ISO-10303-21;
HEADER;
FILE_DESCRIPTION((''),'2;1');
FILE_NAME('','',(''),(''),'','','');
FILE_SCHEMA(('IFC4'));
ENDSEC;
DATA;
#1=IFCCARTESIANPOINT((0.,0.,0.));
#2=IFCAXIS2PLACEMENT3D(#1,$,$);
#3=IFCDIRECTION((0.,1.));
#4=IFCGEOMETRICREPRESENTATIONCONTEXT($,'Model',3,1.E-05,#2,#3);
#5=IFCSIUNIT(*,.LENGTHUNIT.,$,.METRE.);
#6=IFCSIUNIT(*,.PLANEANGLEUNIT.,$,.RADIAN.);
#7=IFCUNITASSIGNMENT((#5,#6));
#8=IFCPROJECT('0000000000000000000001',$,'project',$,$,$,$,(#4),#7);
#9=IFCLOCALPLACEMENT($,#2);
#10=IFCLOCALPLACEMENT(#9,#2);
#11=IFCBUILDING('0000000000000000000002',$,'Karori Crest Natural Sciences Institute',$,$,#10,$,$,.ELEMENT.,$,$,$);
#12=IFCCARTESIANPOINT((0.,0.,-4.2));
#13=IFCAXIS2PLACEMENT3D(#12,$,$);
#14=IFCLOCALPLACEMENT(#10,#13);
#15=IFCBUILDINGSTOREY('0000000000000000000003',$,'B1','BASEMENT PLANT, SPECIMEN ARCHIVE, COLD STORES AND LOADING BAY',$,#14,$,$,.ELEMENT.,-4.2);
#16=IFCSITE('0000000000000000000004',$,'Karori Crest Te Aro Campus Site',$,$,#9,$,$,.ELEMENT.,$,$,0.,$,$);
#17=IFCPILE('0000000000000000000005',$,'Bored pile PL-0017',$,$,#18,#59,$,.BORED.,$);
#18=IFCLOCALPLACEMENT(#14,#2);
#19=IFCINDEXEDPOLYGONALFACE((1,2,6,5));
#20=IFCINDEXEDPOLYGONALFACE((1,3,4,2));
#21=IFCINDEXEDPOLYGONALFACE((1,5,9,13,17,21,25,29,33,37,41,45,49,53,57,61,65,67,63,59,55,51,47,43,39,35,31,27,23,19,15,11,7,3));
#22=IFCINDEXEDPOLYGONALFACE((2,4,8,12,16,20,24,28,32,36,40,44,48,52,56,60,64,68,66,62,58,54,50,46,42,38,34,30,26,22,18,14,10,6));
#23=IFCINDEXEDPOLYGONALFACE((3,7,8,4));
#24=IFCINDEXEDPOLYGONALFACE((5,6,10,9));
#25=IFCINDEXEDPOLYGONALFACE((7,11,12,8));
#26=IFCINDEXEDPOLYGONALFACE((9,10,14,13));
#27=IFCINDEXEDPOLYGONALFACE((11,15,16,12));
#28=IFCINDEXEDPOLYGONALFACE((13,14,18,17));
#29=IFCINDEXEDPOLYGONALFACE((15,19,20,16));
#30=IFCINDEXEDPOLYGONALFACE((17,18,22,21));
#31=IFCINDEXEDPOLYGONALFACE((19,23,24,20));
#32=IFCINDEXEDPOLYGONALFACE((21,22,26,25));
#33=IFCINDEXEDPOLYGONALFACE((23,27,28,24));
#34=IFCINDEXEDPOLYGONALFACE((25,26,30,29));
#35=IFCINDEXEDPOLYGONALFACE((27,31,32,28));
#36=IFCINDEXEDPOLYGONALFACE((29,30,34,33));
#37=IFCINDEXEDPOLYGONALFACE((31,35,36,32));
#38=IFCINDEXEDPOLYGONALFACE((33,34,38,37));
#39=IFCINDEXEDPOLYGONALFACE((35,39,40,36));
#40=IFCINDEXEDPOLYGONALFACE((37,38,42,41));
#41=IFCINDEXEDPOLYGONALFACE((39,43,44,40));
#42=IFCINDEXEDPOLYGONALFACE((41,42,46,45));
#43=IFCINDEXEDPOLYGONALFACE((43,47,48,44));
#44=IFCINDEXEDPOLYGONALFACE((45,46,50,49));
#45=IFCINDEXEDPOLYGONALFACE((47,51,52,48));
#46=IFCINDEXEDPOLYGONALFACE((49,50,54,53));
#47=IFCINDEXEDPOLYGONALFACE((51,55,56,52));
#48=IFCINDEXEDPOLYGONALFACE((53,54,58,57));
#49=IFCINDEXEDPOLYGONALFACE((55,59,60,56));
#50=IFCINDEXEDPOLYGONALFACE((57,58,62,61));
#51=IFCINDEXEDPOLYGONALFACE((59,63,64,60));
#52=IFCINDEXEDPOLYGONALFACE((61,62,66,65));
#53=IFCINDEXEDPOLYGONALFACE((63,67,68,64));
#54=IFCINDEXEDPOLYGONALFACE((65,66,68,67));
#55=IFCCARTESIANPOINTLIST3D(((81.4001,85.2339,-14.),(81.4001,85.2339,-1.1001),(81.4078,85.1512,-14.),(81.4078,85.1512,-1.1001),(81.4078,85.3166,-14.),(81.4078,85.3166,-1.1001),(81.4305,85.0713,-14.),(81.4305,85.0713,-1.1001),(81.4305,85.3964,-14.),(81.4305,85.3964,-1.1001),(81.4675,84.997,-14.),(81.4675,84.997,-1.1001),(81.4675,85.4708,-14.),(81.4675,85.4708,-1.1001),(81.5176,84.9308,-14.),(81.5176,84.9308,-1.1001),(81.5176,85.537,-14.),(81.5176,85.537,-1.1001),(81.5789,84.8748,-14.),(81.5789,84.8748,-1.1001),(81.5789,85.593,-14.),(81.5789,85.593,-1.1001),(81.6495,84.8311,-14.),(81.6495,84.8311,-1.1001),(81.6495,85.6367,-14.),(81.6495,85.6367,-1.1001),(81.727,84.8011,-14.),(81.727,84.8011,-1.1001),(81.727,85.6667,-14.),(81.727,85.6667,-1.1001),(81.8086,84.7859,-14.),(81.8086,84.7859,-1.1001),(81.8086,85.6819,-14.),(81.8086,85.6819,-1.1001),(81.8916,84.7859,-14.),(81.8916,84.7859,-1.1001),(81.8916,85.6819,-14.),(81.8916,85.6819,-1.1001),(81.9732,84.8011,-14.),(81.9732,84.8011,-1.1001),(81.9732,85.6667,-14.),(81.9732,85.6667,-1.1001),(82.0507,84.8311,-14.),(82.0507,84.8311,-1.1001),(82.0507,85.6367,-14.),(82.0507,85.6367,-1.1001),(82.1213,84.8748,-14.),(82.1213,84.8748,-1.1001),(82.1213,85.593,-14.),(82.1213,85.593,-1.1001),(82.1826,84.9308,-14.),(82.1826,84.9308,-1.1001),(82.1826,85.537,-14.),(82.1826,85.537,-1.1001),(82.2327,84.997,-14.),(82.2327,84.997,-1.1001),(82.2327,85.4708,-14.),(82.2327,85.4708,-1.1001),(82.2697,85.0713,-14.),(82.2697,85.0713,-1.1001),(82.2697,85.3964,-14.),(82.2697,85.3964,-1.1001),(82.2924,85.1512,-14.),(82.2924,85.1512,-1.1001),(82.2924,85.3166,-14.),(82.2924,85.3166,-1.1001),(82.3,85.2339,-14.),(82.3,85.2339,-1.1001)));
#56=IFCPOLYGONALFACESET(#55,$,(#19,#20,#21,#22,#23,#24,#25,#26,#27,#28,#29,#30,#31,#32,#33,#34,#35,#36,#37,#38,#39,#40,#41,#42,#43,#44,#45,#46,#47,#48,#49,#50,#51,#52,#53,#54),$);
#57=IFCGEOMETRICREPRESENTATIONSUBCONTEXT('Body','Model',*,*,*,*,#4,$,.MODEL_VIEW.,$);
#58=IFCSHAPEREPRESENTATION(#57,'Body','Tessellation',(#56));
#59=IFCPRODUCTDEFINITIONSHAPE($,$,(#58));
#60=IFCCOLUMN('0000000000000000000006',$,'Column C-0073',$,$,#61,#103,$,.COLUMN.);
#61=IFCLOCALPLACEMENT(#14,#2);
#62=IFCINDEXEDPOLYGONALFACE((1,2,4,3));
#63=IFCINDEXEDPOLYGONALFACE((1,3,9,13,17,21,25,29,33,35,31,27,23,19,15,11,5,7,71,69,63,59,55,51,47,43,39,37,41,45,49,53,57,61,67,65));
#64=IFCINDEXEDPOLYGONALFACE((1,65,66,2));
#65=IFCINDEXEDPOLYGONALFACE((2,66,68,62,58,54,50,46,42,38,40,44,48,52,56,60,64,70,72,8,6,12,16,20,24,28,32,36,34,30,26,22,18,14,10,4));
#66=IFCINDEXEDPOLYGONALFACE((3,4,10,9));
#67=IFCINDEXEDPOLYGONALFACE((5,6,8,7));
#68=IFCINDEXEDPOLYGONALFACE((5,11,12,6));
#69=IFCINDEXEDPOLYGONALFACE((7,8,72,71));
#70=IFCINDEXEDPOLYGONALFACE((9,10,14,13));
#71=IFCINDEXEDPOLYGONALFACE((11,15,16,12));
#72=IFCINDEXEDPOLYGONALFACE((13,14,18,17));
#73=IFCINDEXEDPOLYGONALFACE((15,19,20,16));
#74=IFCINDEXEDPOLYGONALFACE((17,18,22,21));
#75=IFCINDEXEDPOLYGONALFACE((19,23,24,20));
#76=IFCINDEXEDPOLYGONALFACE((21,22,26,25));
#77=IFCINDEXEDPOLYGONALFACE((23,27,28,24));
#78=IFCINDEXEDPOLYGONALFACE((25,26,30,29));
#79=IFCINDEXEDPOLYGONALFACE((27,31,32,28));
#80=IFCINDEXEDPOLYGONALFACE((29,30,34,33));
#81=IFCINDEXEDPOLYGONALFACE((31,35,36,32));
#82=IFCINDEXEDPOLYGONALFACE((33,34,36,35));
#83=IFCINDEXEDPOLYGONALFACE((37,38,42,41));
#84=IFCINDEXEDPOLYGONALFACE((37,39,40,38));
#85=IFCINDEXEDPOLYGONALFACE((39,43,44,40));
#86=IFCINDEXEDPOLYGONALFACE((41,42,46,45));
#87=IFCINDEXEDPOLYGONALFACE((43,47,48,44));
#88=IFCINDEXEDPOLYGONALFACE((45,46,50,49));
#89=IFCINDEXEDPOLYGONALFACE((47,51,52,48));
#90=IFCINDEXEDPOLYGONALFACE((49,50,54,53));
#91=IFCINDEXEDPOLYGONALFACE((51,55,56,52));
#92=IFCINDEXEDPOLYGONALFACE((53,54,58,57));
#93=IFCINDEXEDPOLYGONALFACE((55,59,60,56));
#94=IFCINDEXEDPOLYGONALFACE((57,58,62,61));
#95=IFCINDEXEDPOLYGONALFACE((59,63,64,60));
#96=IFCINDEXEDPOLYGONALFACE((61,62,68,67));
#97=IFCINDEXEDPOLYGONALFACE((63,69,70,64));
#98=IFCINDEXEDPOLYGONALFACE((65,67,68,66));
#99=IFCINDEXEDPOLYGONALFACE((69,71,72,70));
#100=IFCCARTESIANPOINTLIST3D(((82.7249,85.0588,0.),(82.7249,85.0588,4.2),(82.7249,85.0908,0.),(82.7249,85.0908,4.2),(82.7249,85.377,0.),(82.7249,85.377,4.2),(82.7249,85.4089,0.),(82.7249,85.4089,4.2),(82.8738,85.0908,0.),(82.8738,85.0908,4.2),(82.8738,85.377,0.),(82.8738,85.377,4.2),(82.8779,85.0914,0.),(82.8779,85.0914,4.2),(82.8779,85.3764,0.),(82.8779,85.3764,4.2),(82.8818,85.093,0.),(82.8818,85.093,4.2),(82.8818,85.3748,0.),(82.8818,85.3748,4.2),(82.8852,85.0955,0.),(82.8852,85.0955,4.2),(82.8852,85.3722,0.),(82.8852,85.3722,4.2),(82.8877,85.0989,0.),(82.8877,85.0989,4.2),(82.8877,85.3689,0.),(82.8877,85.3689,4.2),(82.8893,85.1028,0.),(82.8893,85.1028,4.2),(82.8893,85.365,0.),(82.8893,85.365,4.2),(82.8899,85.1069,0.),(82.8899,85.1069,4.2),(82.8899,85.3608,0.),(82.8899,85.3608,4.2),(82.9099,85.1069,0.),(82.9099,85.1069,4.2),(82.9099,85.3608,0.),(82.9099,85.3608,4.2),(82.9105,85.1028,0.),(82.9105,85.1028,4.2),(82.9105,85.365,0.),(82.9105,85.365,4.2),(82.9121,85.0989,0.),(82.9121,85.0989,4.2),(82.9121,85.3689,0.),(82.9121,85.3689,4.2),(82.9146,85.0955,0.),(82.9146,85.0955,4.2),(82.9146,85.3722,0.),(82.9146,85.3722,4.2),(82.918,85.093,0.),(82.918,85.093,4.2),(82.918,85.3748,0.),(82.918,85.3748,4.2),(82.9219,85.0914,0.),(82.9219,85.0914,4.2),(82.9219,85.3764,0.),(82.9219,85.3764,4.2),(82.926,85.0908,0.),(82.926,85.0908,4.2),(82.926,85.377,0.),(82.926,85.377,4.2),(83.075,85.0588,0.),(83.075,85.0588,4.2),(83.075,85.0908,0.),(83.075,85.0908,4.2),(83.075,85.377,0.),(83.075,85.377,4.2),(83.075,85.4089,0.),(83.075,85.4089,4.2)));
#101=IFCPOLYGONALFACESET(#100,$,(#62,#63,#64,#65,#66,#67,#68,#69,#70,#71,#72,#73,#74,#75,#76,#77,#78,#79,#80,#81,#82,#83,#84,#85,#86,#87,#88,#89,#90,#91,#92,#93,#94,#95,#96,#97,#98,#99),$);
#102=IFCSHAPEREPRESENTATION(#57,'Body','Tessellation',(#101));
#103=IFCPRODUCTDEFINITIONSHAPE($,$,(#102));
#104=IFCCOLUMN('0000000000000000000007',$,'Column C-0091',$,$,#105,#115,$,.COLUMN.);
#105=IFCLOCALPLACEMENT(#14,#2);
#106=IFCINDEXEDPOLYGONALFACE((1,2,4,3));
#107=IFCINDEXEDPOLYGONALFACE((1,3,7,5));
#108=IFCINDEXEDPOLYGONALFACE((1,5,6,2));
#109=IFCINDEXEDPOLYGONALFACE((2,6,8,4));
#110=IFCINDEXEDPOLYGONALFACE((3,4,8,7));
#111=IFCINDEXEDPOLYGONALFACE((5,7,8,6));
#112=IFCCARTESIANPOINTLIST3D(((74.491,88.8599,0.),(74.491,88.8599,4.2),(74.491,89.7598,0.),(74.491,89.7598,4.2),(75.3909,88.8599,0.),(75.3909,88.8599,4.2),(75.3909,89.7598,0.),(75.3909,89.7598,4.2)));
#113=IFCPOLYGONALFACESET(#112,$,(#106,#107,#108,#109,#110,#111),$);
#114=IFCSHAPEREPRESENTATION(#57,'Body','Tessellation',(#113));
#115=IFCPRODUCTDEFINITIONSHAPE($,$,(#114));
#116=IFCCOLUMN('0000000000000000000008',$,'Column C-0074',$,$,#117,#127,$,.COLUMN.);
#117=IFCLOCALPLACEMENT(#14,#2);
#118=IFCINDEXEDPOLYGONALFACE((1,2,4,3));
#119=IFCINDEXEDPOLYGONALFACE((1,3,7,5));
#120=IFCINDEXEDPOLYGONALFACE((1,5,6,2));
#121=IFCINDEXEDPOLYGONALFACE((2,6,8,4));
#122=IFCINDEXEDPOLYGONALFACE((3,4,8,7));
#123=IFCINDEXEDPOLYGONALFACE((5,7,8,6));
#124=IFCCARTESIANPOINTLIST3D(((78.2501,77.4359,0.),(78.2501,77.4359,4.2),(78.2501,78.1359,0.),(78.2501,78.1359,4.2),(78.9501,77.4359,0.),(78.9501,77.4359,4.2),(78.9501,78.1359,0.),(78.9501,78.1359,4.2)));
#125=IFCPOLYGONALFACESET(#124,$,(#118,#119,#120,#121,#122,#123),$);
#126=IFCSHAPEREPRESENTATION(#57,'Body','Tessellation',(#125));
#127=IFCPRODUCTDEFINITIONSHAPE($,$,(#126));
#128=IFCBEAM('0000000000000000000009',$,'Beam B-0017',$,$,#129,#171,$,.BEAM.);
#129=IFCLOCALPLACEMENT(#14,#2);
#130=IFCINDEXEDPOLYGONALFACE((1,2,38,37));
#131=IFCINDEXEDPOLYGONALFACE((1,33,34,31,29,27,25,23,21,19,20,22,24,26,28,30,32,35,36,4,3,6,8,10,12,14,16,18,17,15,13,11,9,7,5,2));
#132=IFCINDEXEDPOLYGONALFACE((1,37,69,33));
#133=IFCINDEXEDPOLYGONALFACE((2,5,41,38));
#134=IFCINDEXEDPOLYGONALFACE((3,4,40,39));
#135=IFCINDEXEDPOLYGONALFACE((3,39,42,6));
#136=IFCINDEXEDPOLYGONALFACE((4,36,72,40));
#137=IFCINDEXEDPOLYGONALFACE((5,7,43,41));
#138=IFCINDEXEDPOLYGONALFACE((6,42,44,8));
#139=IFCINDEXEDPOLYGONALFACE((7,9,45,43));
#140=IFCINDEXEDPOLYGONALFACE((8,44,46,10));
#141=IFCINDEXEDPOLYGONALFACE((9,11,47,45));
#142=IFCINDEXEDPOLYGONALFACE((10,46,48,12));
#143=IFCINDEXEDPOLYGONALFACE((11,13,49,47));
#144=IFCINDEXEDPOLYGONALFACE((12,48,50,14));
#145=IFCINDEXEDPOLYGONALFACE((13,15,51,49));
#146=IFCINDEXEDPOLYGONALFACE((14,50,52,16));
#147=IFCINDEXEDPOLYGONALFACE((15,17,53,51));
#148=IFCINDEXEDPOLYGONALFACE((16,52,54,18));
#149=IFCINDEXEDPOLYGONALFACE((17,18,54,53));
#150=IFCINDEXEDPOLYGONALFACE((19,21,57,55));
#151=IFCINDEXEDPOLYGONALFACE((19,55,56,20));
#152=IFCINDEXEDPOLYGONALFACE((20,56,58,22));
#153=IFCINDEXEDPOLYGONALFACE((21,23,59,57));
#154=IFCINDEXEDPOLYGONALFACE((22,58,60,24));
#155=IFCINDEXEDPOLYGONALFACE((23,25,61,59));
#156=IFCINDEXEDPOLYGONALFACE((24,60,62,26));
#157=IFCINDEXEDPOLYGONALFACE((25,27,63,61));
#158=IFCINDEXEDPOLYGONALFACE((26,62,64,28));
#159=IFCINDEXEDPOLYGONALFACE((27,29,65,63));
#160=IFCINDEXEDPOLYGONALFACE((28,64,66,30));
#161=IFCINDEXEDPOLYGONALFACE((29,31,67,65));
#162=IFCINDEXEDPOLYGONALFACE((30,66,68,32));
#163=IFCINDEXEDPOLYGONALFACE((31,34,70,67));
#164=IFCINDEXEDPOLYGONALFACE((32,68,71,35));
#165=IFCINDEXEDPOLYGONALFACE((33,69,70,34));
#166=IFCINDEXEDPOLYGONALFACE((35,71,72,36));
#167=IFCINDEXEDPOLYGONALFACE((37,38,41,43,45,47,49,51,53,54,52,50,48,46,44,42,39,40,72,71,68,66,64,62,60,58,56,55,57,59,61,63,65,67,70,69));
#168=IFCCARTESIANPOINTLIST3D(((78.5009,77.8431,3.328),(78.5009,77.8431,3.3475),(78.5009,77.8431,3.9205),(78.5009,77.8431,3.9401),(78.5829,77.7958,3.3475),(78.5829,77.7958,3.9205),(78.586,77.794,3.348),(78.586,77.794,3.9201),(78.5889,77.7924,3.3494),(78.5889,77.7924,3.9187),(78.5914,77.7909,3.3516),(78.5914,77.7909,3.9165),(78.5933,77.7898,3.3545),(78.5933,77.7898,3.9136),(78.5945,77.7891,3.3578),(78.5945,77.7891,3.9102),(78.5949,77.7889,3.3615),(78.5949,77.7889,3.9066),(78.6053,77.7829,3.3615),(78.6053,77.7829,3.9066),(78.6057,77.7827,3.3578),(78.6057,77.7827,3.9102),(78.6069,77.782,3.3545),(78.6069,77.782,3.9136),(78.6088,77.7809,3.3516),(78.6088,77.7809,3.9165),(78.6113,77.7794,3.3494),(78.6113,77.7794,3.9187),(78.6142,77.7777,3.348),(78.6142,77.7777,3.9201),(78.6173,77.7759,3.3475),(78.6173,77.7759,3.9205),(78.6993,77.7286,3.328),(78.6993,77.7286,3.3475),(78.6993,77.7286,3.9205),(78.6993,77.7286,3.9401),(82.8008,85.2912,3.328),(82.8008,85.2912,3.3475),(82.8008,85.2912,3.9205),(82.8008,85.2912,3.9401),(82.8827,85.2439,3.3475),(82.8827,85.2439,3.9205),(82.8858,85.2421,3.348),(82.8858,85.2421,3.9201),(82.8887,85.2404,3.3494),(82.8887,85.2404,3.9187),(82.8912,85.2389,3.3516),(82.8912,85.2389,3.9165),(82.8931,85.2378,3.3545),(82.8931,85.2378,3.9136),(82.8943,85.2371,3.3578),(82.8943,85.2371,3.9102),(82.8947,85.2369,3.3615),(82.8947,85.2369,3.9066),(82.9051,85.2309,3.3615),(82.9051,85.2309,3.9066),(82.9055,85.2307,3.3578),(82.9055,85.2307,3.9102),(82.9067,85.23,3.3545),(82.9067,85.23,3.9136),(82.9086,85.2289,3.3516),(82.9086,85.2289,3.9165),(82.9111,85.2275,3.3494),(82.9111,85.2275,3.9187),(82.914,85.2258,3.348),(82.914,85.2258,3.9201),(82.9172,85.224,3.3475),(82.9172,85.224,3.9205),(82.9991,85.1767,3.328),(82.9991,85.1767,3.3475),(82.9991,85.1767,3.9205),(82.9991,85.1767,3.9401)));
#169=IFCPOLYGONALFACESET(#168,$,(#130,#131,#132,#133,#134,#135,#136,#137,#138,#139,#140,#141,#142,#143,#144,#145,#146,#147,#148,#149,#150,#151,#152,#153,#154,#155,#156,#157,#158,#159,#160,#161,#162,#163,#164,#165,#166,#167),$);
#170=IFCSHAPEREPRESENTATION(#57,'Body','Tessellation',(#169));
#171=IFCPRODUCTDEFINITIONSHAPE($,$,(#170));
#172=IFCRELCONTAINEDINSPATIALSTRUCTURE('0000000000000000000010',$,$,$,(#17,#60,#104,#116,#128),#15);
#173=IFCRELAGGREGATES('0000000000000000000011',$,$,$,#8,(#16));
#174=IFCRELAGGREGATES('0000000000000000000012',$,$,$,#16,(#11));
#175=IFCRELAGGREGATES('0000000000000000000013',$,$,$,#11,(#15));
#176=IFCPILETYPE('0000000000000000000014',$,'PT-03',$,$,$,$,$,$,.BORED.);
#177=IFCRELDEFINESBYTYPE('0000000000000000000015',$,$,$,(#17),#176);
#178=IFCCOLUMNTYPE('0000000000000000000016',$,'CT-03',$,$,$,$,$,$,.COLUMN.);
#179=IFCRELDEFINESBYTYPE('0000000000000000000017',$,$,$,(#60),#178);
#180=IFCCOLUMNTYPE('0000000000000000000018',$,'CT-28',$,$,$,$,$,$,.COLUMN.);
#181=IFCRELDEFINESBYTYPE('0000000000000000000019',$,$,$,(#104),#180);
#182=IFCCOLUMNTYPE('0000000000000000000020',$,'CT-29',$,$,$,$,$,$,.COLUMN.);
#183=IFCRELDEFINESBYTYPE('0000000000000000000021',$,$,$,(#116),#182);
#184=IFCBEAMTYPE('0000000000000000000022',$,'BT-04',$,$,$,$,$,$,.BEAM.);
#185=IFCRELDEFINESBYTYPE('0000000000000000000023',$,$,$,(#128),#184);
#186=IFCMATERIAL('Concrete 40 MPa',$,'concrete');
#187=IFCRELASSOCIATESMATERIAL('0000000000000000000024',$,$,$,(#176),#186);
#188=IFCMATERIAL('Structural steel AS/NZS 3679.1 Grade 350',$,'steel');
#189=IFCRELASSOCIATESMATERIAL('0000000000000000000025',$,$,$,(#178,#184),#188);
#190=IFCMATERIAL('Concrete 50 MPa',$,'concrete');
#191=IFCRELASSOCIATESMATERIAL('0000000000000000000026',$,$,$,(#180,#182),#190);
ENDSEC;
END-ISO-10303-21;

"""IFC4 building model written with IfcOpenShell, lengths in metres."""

from ifc_helpers import new_model, si_unit, direction, frame, origin, origin_2d, place, context, subcontext, project, spatial, rectangle, circle, i_section, extrude, material, material_profile, profile_set, type_object, element, save


model = new_model("IFC4")

# Units and contexts
model_context = context("Model", 3, precision=1e-05, world=origin(), true_north=direction((0.0, 1.0)))
body_context = subcontext(model_context, "Body", "Model", "MODEL_VIEW")
ifc_project = project(units=[si_unit("LENGTHUNIT", "METRE"), si_unit("PLANEANGLEUNIT", "RADIAN")], contexts=[model_context])

# Site, building, storey
site_placement = place(None, origin())
site = spatial("IfcSite", under=ifc_project, at=site_placement, Name="Karori Crest Te Aro Campus Site", CompositionType="ELEMENT", RefElevation=0.0)
building_placement = place(site_placement, origin())
building = spatial("IfcBuilding", under=site, at=building_placement, Name="Karori Crest Natural Sciences Institute", CompositionType="ELEMENT")
storey_placement = place(building_placement, frame((0.0, 0.0, -4.2)))
storey = spatial("IfcBuildingStorey", under=building, at=storey_placement, Name="B1", Description="BASEMENT PLANT, SPECIMEN ARCHIVE, COLD STORES AND LOADING BAY", CompositionType="ELEMENT", Elevation=-4.2)

# Shared definitions
ifc_material_1 = material(Name="Concrete 40 MPa", Category="concrete")

# Pile
ifc_material_profile_1 = material_profile(ifc_material_1, circle(Radius=0.45, at=origin_2d()), Name="PILE900")
ifc_profile_set_1 = profile_set([ifc_material_profile_1], Name="Concrete 40 MPa")
pile_type_1 = type_object("IfcPileType", Name="PT-03", PredefinedType="BORED", material=ifc_profile_set_1)
pile_placement = place(storey_placement, frame((81.8501, 85.2339, -1.1001), z_axis=(0.0, 0.0, -1.0), x_axis=(1.0, 0.0, 0.0)))
element("IfcPile", 1, at=pile_placement, inside=storey, type_object=pile_type_1, Name="Bored pile PL-0017", PredefinedType="BORED", context=body_context, shape_type="SweptSolid", body=[
    extrude(circle(Radius=0.45, at=origin_2d()), origin(), (0.0, 0.0, 1.0), 12.8999),
])

# Columns
ifc_material_2 = material(Name="Structural steel AS/NZS 3679.1 Grade 350", Category="steel")
ifc_material_profile_2 = material_profile(ifc_material_2, i_section(OverallWidth=0.3501, OverallDepth=0.3501, WebThickness=0.02, FlangeThickness=0.032, FilletRadius=0.0161, at=origin_2d()), Name="350WC280")
ifc_profile_set_2 = profile_set([ifc_material_profile_2], Name="Structural steel AS/NZS 3679.1 Grade 350")
column_type_1 = type_object("IfcColumnType", Name="CT-03", PredefinedType="COLUMN", material=ifc_profile_set_2)
column_1_placement = place(storey_placement, frame((82.8999, 85.2339, 0.0), z_axis=(0.0, 0.0, 1.0), x_axis=(1.0, 0.0, 0.0)))
element("IfcColumn", 2, at=column_1_placement, inside=storey, type_object=column_type_1, Name="Column C-0073", PredefinedType="COLUMN", context=body_context, shape_type="SweptSolid", body=[
    extrude(i_section(OverallWidth=0.3501, OverallDepth=0.3501, WebThickness=0.02, FlangeThickness=0.032, FilletRadius=0.0161, at=origin_2d()), origin(), (0.0, 0.0, 1.0), 4.2),
])
ifc_material_3 = material(Name="Concrete 50 MPa", Category="concrete")
ifc_material_profile_3 = material_profile(ifc_material_3, rectangle(XDim=0.8999, YDim=0.8999, at=origin_2d()), Name="RC900x900")
ifc_profile_set_3 = profile_set([ifc_material_profile_3], Name="Concrete 50 MPa")
column_type_2 = type_object("IfcColumnType", Name="CT-28", PredefinedType="COLUMN", material=ifc_profile_set_3)
column_2_placement = place(storey_placement, frame((74.9409, 89.3098, 0.0), z_axis=(0.0, 0.0, 1.0), x_axis=(1.0, 0.0, 0.0)))
element("IfcColumn", 3, at=column_2_placement, inside=storey, type_object=column_type_2, Name="Column C-0091", PredefinedType="COLUMN", context=body_context, shape_type="SweptSolid", body=[
    extrude(rectangle(XDim=0.8999, YDim=0.8999, at=origin_2d()), origin(), (0.0, 0.0, 1.0), 4.2),
])
ifc_material_profile_4 = material_profile(ifc_material_3, rectangle(XDim=0.7, YDim=0.7, at=origin_2d()), Name="RC700x700")
ifc_profile_set_4 = profile_set([ifc_material_profile_4], Name="Concrete 50 MPa")
column_type_3 = type_object("IfcColumnType", Name="CT-29", PredefinedType="COLUMN", material=ifc_profile_set_4)
column_3_placement = place(storey_placement, frame((78.6001, 77.7859, 0.0), z_axis=(0.0, 0.0, 1.0), x_axis=(1.0, 0.0, 0.0)))
element("IfcColumn", 4, at=column_3_placement, inside=storey, type_object=column_type_3, Name="Column C-0074", PredefinedType="COLUMN", context=body_context, shape_type="SweptSolid", body=[
    extrude(rectangle(XDim=0.7, YDim=0.7, at=origin_2d()), origin(), (0.0, 0.0, 1.0), 4.2),
])

# Beam
ifc_material_profile_5 = material_profile(ifc_material_2, i_section(OverallWidth=0.229, OverallDepth=0.6121, WebThickness=0.012, FlangeThickness=0.0195, FilletRadius=0.0139, at=origin_2d()), Name="610UB125")
ifc_profile_set_5 = profile_set([ifc_material_profile_5], Name="Structural steel AS/NZS 3679.1 Grade 350")
beam_type_1 = type_object("IfcBeamType", Name="BT-04", PredefinedType="BEAM", material=ifc_profile_set_5)
beam_1_placement = place(storey_placement, frame((78.6001, 77.7859, 3.634), z_axis=(0.499974, 0.86604, 0.0), x_axis=(-0.86604, 0.499974, 0.0)))
element("IfcBeam", 5, at=beam_1_placement, inside=storey, type_object=beam_type_1, Name="Beam B-0017", PredefinedType="BEAM", context=body_context, shape_type="SweptSolid", body=[
    extrude(i_section(OverallWidth=0.229, OverallDepth=0.6121, WebThickness=0.012, FlangeThickness=0.0195, FilletRadius=0.0139, at=origin_2d()), origin(), (0.0, 0.0, 1.0), 8.6001),
])

save(model, "model.ifc")
